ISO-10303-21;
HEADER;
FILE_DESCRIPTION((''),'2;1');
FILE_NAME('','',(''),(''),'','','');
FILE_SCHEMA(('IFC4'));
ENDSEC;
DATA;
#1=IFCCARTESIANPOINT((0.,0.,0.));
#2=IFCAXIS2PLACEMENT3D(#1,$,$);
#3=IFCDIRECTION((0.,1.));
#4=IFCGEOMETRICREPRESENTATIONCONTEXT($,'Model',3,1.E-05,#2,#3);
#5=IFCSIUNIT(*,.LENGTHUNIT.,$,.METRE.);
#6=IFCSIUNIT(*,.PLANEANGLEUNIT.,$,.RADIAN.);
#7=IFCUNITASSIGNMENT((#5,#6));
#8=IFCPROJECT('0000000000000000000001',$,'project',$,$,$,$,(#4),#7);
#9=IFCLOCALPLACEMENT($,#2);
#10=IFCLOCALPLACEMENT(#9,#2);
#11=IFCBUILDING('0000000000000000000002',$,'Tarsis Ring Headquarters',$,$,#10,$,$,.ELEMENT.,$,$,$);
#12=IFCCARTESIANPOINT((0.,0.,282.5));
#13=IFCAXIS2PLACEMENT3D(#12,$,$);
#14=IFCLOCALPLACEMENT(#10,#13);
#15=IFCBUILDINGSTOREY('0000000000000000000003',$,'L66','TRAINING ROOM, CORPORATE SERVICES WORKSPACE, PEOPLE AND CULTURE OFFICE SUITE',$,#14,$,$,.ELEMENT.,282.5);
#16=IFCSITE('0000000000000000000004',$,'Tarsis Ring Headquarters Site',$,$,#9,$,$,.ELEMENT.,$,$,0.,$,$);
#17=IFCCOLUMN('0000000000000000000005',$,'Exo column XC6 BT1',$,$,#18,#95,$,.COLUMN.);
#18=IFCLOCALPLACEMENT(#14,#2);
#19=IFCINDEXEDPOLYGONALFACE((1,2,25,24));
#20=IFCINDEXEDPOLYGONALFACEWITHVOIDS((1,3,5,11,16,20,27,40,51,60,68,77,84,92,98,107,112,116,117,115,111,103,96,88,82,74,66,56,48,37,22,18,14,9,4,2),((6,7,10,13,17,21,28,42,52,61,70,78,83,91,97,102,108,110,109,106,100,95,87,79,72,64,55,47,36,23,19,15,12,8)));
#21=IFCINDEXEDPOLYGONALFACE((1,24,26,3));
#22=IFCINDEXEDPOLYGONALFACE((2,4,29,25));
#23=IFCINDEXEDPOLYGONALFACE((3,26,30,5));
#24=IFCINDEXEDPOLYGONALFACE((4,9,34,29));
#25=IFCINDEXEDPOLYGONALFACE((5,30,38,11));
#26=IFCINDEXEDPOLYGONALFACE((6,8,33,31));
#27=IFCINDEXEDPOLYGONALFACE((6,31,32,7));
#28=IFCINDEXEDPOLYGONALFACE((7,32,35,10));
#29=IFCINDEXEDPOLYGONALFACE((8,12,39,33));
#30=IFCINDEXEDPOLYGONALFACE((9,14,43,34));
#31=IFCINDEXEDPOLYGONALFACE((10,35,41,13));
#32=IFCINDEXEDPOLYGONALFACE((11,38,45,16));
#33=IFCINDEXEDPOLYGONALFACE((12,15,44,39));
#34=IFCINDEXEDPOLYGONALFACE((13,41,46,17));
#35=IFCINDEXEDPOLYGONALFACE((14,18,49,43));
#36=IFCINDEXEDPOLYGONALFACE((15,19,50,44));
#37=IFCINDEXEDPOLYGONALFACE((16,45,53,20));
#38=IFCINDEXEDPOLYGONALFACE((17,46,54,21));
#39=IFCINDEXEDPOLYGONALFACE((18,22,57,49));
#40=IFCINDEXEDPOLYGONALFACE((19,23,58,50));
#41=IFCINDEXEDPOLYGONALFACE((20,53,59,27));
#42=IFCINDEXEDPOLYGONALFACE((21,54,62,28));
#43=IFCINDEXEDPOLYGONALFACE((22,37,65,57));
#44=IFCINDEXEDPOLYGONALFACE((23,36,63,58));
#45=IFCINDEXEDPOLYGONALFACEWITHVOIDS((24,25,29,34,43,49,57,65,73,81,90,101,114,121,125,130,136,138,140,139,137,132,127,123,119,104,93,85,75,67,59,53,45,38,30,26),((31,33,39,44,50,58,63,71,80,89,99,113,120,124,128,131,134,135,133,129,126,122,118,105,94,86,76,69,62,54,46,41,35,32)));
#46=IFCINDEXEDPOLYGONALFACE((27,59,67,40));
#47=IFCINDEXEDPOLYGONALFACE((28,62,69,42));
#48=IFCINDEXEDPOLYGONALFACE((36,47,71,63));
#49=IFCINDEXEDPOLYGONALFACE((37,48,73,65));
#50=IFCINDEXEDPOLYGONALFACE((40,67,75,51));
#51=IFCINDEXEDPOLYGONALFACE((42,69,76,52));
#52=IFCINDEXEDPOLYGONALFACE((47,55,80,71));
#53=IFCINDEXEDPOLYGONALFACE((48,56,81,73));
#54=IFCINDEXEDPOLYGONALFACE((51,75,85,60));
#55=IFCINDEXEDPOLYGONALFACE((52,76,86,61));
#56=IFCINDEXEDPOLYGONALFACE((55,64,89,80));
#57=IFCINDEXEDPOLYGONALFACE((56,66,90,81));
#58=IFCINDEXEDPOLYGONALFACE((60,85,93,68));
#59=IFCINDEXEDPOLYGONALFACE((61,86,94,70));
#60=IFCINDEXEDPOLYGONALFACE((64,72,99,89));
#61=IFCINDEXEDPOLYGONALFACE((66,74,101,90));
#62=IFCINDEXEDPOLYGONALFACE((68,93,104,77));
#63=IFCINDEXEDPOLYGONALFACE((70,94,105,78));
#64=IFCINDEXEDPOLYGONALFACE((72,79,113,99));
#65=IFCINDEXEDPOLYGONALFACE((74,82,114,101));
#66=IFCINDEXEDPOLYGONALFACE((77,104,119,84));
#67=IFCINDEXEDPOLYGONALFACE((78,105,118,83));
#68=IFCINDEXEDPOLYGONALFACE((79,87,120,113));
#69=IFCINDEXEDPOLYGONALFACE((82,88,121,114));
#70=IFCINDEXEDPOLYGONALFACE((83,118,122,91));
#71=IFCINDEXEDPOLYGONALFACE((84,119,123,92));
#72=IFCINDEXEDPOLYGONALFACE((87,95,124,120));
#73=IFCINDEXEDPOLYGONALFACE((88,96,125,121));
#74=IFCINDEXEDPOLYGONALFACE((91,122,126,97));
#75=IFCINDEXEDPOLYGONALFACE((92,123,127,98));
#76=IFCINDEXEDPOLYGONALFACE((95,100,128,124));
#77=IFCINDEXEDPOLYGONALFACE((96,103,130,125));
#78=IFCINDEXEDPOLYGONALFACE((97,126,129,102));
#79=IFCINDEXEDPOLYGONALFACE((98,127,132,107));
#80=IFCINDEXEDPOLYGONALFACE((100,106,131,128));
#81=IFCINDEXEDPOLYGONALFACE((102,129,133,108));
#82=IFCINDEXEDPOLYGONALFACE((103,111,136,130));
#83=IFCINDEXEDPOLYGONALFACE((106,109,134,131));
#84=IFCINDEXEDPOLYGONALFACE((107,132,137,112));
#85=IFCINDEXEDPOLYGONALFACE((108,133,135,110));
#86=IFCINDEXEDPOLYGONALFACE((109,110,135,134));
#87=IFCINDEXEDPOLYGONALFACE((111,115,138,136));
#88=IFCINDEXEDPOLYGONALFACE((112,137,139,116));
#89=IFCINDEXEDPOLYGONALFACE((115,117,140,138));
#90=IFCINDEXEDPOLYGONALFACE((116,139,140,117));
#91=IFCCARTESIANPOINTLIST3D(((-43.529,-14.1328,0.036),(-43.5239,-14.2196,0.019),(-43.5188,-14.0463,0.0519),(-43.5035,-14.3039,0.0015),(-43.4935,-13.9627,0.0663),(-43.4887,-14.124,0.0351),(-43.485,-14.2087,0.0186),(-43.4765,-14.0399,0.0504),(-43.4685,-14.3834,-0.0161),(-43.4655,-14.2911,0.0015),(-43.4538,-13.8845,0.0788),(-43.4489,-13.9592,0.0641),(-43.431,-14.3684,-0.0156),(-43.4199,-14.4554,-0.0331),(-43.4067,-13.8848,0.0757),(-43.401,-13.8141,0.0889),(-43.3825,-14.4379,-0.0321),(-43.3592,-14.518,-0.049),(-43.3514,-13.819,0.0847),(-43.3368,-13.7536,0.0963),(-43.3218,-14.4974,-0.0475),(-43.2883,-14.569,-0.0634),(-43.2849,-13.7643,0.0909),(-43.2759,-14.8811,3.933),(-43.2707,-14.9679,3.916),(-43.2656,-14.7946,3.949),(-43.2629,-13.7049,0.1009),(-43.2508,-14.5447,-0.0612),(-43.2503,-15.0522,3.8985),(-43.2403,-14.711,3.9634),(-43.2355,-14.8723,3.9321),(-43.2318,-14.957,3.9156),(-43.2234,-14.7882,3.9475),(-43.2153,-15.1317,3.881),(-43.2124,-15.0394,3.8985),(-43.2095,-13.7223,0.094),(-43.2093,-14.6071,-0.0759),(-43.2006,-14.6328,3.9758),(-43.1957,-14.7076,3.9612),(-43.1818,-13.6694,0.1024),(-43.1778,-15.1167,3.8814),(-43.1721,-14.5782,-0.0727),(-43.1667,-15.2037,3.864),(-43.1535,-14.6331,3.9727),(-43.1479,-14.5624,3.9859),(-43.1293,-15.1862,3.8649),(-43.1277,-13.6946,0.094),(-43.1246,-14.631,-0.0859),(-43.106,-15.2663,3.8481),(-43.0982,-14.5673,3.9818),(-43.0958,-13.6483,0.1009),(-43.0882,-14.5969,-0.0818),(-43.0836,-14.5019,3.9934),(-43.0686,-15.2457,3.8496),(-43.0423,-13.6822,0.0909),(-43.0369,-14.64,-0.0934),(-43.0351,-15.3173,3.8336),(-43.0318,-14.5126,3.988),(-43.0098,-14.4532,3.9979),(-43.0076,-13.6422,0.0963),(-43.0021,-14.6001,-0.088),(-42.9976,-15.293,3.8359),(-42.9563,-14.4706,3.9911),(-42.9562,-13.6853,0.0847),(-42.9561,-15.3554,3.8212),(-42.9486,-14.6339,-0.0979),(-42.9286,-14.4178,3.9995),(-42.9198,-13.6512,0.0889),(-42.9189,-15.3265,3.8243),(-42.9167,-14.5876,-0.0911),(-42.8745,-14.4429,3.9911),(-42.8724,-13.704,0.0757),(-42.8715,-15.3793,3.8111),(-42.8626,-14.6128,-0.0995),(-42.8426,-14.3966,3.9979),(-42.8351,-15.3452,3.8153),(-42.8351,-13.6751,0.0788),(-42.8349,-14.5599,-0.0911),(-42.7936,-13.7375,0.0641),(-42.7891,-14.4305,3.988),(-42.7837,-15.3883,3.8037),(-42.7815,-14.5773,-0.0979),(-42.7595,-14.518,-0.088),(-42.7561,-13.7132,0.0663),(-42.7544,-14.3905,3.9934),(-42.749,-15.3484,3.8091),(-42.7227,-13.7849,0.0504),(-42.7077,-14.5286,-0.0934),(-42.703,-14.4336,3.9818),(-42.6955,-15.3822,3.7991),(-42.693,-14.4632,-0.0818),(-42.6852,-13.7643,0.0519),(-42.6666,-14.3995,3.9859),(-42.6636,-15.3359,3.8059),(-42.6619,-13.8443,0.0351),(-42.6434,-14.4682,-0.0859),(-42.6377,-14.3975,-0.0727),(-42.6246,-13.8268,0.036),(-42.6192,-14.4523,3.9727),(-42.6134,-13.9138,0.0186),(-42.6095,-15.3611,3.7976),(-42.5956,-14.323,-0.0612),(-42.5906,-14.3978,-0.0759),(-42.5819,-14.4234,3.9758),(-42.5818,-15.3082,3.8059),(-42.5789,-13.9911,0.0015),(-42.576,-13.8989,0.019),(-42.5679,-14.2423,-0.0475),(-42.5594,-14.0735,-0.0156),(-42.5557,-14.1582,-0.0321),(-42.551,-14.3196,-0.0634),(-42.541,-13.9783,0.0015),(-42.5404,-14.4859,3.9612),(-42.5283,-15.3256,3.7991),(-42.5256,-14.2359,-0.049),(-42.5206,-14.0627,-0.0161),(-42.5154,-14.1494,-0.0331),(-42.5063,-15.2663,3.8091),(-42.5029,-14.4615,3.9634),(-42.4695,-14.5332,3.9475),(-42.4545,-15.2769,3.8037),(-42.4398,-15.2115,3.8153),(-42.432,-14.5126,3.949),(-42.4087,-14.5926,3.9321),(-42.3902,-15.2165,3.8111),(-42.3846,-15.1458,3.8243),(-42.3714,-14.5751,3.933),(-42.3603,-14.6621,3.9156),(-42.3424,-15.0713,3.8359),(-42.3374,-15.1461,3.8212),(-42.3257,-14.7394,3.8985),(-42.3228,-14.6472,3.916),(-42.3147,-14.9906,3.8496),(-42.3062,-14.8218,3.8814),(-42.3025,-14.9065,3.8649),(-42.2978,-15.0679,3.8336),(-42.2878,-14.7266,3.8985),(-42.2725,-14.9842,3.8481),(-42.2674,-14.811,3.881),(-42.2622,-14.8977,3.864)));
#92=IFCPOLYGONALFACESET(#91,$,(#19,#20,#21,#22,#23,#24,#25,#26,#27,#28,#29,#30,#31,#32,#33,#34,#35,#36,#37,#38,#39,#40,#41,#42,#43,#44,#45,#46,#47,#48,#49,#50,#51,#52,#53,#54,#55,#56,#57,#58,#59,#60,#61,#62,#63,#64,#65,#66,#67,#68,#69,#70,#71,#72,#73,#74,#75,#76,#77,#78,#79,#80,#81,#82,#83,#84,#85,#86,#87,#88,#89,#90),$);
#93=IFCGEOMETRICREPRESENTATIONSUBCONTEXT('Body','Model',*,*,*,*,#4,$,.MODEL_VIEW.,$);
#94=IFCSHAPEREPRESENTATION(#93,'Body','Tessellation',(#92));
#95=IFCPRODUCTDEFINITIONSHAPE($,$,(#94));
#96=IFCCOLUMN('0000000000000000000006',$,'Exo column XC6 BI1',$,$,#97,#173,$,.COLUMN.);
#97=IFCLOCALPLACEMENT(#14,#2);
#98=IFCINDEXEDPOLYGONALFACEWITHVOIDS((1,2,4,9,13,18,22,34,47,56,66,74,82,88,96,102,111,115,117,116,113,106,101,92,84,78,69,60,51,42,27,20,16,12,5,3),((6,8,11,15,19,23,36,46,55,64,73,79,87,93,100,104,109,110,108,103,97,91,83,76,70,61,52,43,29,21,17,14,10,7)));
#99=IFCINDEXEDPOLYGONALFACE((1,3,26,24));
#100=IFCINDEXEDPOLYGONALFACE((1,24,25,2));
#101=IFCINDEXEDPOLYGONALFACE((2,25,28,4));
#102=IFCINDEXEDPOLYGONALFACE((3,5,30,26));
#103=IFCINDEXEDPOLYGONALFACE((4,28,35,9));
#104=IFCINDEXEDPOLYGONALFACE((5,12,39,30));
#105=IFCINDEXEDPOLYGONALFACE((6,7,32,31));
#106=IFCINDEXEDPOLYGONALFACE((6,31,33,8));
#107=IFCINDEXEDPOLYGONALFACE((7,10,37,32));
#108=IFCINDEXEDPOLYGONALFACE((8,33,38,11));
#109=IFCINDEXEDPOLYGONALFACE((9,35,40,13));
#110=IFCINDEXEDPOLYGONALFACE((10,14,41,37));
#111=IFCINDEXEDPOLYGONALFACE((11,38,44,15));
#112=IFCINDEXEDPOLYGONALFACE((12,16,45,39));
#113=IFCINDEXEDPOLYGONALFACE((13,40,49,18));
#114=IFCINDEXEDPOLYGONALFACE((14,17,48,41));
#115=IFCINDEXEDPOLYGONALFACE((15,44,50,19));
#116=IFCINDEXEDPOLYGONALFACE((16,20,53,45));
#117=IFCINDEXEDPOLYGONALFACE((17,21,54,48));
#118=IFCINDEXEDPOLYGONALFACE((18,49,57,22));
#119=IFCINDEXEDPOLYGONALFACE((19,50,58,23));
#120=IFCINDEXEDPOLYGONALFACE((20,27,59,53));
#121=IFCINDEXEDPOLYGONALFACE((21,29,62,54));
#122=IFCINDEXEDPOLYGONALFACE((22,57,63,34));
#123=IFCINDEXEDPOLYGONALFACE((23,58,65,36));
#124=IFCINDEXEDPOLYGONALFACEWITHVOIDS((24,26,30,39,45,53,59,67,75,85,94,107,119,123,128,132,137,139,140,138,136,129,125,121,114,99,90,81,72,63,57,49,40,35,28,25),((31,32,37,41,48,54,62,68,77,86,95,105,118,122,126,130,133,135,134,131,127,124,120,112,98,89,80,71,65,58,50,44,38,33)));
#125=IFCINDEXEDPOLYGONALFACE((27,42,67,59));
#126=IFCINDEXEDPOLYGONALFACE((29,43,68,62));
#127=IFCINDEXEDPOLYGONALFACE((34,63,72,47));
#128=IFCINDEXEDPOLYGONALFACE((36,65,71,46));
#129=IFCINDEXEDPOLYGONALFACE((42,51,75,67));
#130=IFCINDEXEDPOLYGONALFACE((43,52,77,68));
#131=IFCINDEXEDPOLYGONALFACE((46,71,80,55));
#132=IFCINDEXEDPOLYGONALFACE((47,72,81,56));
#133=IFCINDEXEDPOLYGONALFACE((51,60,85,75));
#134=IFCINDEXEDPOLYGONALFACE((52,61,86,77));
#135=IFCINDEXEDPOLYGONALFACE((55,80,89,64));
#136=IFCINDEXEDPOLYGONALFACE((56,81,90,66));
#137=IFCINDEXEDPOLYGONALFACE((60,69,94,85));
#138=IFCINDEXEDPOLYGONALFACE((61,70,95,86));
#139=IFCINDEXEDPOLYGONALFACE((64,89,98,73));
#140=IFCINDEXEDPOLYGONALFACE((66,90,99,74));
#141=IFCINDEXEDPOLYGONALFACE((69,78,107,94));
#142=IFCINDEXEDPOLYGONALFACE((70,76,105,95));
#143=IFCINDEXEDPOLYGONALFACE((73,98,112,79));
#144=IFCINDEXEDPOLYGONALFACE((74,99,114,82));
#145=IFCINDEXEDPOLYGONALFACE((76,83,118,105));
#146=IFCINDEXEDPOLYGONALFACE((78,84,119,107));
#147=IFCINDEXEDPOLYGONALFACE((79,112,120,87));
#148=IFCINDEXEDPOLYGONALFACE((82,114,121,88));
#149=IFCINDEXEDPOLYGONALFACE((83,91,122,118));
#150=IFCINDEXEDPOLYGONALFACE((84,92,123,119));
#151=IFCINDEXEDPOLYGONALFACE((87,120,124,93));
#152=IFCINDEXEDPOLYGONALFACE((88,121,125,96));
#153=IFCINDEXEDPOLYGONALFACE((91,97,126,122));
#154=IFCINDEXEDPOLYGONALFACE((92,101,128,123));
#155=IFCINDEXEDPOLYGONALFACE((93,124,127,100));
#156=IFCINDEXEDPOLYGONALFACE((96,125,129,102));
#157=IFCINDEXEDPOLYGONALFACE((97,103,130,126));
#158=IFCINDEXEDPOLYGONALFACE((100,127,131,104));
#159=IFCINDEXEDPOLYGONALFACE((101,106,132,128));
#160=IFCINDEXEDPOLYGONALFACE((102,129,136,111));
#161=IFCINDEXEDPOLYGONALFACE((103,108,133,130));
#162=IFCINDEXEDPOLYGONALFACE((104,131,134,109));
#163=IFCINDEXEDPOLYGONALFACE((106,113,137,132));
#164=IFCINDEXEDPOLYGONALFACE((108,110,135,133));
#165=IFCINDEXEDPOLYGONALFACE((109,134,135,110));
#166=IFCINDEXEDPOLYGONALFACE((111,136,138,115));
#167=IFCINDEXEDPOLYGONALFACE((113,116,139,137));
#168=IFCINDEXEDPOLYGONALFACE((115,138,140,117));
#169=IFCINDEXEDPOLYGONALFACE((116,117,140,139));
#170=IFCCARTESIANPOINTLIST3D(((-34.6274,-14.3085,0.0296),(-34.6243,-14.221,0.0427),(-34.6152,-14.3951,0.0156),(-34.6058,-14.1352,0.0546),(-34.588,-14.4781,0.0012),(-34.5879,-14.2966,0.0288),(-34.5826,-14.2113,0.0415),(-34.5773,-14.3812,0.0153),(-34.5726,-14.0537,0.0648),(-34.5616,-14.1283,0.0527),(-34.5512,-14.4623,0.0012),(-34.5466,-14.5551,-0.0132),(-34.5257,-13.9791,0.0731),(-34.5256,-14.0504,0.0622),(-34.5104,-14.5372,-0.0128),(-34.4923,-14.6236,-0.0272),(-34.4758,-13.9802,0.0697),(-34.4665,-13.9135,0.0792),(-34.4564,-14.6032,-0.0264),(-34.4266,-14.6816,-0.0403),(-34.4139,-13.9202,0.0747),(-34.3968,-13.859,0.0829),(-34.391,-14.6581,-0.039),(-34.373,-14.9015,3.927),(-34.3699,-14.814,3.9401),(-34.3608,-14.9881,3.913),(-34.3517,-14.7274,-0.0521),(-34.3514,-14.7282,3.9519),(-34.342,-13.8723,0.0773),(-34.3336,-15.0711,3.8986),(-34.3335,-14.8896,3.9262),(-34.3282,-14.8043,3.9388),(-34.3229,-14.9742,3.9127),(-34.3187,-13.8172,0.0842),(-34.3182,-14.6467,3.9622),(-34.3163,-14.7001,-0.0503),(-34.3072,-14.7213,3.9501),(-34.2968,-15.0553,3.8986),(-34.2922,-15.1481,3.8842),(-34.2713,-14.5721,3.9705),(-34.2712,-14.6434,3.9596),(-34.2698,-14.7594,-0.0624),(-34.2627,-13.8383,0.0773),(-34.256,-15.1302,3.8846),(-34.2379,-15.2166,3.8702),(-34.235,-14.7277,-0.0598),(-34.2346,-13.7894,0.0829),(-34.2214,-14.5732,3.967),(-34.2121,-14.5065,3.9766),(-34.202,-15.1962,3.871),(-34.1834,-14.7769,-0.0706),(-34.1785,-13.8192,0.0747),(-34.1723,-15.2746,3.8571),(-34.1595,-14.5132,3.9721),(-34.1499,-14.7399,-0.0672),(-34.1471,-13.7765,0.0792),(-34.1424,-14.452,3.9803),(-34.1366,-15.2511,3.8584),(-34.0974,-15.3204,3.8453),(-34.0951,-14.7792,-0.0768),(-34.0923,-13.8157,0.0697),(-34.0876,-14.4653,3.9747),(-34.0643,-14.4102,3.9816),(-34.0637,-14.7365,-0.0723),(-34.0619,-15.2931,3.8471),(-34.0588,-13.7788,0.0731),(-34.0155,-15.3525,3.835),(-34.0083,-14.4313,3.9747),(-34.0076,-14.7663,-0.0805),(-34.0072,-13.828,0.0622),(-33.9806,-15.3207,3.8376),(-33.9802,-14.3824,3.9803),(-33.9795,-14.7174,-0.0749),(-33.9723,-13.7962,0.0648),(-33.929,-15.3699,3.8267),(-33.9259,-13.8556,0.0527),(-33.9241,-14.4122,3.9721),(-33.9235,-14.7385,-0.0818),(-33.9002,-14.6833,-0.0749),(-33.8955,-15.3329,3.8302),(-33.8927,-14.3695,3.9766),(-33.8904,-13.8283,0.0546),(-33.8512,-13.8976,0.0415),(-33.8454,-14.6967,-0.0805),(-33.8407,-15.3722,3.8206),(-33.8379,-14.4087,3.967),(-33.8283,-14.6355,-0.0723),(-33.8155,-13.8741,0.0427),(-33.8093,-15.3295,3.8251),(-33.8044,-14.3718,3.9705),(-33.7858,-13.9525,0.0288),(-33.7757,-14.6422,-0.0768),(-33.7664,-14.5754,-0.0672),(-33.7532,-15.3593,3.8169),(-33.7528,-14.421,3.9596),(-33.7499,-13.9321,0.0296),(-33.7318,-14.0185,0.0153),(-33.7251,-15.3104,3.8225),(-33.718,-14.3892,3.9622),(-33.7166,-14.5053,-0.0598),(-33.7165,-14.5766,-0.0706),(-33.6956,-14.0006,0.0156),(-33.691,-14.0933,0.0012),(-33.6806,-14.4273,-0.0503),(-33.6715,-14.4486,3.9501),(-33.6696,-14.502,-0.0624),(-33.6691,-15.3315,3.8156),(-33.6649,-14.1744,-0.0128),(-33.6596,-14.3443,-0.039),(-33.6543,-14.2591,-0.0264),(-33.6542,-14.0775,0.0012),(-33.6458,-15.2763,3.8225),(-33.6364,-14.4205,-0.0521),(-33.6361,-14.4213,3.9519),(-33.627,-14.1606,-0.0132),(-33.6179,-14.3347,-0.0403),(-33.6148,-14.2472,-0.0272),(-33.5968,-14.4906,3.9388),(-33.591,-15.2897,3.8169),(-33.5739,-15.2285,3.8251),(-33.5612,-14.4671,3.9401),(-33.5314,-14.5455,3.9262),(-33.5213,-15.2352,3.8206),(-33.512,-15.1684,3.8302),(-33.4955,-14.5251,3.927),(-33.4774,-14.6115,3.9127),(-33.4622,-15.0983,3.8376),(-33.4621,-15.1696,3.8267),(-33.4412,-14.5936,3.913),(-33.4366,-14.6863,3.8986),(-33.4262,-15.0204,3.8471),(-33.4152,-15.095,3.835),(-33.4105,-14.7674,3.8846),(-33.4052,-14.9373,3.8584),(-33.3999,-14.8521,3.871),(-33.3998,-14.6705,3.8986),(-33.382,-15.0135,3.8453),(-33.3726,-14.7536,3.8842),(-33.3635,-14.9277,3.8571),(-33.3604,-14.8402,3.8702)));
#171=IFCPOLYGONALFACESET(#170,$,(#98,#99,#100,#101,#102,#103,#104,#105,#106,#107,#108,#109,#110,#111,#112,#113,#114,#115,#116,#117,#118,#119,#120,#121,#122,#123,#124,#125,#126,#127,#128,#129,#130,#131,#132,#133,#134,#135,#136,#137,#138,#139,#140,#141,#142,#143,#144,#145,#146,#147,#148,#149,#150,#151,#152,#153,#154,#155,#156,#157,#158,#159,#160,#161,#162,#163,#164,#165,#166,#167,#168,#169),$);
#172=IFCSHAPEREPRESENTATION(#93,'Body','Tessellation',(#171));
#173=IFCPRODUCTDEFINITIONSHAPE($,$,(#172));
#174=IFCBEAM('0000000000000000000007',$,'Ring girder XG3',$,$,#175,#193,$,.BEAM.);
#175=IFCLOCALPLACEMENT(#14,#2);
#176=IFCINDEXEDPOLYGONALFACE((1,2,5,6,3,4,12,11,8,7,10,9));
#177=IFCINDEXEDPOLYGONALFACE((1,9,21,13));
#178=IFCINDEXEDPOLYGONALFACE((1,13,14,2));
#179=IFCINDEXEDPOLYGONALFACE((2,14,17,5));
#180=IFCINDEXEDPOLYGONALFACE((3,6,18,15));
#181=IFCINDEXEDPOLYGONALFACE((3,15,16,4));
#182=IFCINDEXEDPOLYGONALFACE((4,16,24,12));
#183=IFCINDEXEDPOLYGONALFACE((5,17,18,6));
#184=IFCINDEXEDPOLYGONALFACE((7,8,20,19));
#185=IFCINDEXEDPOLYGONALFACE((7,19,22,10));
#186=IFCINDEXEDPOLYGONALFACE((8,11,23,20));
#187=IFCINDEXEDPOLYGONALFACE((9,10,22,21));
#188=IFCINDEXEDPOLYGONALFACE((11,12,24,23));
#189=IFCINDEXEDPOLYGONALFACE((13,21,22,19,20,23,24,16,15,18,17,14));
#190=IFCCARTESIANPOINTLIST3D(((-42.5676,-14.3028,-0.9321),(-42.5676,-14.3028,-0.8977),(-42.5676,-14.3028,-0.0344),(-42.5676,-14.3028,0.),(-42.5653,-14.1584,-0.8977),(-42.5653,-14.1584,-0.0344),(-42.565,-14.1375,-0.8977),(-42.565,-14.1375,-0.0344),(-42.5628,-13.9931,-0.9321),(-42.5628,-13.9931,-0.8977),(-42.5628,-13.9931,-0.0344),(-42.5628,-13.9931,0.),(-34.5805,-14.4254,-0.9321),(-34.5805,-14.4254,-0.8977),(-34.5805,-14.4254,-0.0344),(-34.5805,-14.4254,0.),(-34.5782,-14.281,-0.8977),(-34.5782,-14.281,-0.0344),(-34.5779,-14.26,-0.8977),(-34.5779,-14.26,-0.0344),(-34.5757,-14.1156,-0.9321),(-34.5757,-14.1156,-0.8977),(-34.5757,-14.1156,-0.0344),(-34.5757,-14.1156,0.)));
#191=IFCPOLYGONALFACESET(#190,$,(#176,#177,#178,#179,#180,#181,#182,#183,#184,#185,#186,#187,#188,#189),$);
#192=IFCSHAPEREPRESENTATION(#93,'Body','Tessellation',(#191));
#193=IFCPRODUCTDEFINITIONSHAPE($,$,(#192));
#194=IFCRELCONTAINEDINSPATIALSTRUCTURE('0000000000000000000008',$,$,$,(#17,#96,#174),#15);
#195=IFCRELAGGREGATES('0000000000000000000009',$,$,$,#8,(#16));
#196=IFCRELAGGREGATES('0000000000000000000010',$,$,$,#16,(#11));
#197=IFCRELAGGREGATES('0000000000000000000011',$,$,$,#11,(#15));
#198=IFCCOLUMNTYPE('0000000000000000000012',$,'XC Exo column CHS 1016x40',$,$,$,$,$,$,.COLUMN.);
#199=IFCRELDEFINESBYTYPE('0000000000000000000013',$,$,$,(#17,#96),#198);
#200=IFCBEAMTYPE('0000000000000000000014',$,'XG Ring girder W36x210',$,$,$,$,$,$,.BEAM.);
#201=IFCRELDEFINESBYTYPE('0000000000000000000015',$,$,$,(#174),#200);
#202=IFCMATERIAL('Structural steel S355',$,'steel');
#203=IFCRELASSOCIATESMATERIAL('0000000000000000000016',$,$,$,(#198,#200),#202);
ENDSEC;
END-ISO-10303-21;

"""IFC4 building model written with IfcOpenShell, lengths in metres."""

from ifc_helpers import new_model, si_unit, direction, frame, origin, origin_2d, place, context, subcontext, project, spatial, hollow_circle, i_section, extrude, material, material_profile, profile_set, type_object, element, save


model = new_model("IFC4")

# Units and contexts
model_context = context("Model", 3, precision=1e-05, world=origin(), true_north=direction((0.0, 1.0)))
body_context = subcontext(model_context, "Body", "Model", "MODEL_VIEW")
ifc_project = project(units=[si_unit("LENGTHUNIT", "METRE"), si_unit("PLANEANGLEUNIT", "RADIAN")], contexts=[model_context])

# Site, building, storey
site_placement = place(None, origin())
site = spatial("IfcSite", under=ifc_project, at=site_placement, Name="Tarsis Ring Headquarters Site", CompositionType="ELEMENT", RefElevation=0.0)
building_placement = place(site_placement, origin())
building = spatial("IfcBuilding", under=site, at=building_placement, Name="Tarsis Ring Headquarters", CompositionType="ELEMENT")
storey_placement = place(building_placement, frame((0.0, 0.0, 282.5)))
storey = spatial("IfcBuildingStorey", under=building, at=storey_placement, Name="L66", Description="TRAINING ROOM, CORPORATE SERVICES WORKSPACE, PEOPLE AND CULTURE OFFICE SUITE", CompositionType="ELEMENT", Elevation=282.5)

# Columns
ifc_material_1 = material(Name="Structural steel S355", Category="steel")
ifc_material_profile_1 = material_profile(ifc_material_1, hollow_circle(Radius=0.5081, WallThickness=0.04, at=origin_2d()), Name="CHS 1016x40")
ifc_profile_set_1 = profile_set([ifc_material_profile_1], Name="Structural steel S355")
column_type = type_object("IfcColumnType", Name="XC Exo column CHS 1016x40", PredefinedType="COLUMN", material=ifc_profile_set_1)
column_1_placement = place(storey_placement, frame((-43.0222, -14.1411, 0.0015), z_axis=(0.063672, -0.188191, 0.980066), x_axis=(0.947252, 0.32049, 0.0)))
element("IfcColumn", 1, at=column_1_placement, inside=storey, type_object=column_type, Name="Exo column XC6 BT1", PredefinedType="COLUMN", context=body_context, shape_type="SweptSolid", body=[
    extrude(hollow_circle(Radius=0.5081, WallThickness=0.04, at=origin_2d()), origin(), (0.0, 0.0, 1.0), 3.9763),
])
column_2_placement = place(storey_placement, frame((-34.1211, -14.2778, 0.0012), z_axis=(0.064395, -0.150111, 0.98657), x_axis=(0.919008, 0.394239, 0.0)))
element("IfcColumn", 2, at=column_2_placement, inside=storey, type_object=column_type, Name="Exo column XC6 BI1", PredefinedType="COLUMN", context=body_context, shape_type="SweptSolid", body=[
    extrude(hollow_circle(Radius=0.5081, WallThickness=0.04, at=origin_2d()), origin(), (0.0, 0.0, 1.0), 3.9504),
])

# Beam
ifc_material_profile_2 = material_profile(ifc_material_1, i_section(OverallWidth=0.3098, OverallDepth=0.9321, WebThickness=0.021, FlangeThickness=0.0344, at=origin_2d()), Name="W36x210")
ifc_profile_set_2 = profile_set([ifc_material_profile_2], Name="Structural steel S355")
beam_type = type_object("IfcBeamType", Name="XG Ring girder W36x210", PredefinedType="BEAM", material=ifc_profile_set_2)
beam_1_placement = place(storey_placement, frame((-42.5652, -14.1479, -0.4661), z_axis=(0.999882, -0.015343, 0.0), x_axis=(0.015343, 0.999882, 0.0)))
element("IfcBeam", 3, at=beam_1_placement, inside=storey, type_object=beam_type, Name="Ring girder XG3", PredefinedType="BEAM", context=body_context, shape_type="SweptSolid", body=[
    extrude(i_section(OverallWidth=0.3098, OverallDepth=0.9321, WebThickness=0.021, FlangeThickness=0.0344, at=origin_2d()), origin(), (0.0, 0.0, 1.0), 7.988),
])

save(model, "model.ifc")
